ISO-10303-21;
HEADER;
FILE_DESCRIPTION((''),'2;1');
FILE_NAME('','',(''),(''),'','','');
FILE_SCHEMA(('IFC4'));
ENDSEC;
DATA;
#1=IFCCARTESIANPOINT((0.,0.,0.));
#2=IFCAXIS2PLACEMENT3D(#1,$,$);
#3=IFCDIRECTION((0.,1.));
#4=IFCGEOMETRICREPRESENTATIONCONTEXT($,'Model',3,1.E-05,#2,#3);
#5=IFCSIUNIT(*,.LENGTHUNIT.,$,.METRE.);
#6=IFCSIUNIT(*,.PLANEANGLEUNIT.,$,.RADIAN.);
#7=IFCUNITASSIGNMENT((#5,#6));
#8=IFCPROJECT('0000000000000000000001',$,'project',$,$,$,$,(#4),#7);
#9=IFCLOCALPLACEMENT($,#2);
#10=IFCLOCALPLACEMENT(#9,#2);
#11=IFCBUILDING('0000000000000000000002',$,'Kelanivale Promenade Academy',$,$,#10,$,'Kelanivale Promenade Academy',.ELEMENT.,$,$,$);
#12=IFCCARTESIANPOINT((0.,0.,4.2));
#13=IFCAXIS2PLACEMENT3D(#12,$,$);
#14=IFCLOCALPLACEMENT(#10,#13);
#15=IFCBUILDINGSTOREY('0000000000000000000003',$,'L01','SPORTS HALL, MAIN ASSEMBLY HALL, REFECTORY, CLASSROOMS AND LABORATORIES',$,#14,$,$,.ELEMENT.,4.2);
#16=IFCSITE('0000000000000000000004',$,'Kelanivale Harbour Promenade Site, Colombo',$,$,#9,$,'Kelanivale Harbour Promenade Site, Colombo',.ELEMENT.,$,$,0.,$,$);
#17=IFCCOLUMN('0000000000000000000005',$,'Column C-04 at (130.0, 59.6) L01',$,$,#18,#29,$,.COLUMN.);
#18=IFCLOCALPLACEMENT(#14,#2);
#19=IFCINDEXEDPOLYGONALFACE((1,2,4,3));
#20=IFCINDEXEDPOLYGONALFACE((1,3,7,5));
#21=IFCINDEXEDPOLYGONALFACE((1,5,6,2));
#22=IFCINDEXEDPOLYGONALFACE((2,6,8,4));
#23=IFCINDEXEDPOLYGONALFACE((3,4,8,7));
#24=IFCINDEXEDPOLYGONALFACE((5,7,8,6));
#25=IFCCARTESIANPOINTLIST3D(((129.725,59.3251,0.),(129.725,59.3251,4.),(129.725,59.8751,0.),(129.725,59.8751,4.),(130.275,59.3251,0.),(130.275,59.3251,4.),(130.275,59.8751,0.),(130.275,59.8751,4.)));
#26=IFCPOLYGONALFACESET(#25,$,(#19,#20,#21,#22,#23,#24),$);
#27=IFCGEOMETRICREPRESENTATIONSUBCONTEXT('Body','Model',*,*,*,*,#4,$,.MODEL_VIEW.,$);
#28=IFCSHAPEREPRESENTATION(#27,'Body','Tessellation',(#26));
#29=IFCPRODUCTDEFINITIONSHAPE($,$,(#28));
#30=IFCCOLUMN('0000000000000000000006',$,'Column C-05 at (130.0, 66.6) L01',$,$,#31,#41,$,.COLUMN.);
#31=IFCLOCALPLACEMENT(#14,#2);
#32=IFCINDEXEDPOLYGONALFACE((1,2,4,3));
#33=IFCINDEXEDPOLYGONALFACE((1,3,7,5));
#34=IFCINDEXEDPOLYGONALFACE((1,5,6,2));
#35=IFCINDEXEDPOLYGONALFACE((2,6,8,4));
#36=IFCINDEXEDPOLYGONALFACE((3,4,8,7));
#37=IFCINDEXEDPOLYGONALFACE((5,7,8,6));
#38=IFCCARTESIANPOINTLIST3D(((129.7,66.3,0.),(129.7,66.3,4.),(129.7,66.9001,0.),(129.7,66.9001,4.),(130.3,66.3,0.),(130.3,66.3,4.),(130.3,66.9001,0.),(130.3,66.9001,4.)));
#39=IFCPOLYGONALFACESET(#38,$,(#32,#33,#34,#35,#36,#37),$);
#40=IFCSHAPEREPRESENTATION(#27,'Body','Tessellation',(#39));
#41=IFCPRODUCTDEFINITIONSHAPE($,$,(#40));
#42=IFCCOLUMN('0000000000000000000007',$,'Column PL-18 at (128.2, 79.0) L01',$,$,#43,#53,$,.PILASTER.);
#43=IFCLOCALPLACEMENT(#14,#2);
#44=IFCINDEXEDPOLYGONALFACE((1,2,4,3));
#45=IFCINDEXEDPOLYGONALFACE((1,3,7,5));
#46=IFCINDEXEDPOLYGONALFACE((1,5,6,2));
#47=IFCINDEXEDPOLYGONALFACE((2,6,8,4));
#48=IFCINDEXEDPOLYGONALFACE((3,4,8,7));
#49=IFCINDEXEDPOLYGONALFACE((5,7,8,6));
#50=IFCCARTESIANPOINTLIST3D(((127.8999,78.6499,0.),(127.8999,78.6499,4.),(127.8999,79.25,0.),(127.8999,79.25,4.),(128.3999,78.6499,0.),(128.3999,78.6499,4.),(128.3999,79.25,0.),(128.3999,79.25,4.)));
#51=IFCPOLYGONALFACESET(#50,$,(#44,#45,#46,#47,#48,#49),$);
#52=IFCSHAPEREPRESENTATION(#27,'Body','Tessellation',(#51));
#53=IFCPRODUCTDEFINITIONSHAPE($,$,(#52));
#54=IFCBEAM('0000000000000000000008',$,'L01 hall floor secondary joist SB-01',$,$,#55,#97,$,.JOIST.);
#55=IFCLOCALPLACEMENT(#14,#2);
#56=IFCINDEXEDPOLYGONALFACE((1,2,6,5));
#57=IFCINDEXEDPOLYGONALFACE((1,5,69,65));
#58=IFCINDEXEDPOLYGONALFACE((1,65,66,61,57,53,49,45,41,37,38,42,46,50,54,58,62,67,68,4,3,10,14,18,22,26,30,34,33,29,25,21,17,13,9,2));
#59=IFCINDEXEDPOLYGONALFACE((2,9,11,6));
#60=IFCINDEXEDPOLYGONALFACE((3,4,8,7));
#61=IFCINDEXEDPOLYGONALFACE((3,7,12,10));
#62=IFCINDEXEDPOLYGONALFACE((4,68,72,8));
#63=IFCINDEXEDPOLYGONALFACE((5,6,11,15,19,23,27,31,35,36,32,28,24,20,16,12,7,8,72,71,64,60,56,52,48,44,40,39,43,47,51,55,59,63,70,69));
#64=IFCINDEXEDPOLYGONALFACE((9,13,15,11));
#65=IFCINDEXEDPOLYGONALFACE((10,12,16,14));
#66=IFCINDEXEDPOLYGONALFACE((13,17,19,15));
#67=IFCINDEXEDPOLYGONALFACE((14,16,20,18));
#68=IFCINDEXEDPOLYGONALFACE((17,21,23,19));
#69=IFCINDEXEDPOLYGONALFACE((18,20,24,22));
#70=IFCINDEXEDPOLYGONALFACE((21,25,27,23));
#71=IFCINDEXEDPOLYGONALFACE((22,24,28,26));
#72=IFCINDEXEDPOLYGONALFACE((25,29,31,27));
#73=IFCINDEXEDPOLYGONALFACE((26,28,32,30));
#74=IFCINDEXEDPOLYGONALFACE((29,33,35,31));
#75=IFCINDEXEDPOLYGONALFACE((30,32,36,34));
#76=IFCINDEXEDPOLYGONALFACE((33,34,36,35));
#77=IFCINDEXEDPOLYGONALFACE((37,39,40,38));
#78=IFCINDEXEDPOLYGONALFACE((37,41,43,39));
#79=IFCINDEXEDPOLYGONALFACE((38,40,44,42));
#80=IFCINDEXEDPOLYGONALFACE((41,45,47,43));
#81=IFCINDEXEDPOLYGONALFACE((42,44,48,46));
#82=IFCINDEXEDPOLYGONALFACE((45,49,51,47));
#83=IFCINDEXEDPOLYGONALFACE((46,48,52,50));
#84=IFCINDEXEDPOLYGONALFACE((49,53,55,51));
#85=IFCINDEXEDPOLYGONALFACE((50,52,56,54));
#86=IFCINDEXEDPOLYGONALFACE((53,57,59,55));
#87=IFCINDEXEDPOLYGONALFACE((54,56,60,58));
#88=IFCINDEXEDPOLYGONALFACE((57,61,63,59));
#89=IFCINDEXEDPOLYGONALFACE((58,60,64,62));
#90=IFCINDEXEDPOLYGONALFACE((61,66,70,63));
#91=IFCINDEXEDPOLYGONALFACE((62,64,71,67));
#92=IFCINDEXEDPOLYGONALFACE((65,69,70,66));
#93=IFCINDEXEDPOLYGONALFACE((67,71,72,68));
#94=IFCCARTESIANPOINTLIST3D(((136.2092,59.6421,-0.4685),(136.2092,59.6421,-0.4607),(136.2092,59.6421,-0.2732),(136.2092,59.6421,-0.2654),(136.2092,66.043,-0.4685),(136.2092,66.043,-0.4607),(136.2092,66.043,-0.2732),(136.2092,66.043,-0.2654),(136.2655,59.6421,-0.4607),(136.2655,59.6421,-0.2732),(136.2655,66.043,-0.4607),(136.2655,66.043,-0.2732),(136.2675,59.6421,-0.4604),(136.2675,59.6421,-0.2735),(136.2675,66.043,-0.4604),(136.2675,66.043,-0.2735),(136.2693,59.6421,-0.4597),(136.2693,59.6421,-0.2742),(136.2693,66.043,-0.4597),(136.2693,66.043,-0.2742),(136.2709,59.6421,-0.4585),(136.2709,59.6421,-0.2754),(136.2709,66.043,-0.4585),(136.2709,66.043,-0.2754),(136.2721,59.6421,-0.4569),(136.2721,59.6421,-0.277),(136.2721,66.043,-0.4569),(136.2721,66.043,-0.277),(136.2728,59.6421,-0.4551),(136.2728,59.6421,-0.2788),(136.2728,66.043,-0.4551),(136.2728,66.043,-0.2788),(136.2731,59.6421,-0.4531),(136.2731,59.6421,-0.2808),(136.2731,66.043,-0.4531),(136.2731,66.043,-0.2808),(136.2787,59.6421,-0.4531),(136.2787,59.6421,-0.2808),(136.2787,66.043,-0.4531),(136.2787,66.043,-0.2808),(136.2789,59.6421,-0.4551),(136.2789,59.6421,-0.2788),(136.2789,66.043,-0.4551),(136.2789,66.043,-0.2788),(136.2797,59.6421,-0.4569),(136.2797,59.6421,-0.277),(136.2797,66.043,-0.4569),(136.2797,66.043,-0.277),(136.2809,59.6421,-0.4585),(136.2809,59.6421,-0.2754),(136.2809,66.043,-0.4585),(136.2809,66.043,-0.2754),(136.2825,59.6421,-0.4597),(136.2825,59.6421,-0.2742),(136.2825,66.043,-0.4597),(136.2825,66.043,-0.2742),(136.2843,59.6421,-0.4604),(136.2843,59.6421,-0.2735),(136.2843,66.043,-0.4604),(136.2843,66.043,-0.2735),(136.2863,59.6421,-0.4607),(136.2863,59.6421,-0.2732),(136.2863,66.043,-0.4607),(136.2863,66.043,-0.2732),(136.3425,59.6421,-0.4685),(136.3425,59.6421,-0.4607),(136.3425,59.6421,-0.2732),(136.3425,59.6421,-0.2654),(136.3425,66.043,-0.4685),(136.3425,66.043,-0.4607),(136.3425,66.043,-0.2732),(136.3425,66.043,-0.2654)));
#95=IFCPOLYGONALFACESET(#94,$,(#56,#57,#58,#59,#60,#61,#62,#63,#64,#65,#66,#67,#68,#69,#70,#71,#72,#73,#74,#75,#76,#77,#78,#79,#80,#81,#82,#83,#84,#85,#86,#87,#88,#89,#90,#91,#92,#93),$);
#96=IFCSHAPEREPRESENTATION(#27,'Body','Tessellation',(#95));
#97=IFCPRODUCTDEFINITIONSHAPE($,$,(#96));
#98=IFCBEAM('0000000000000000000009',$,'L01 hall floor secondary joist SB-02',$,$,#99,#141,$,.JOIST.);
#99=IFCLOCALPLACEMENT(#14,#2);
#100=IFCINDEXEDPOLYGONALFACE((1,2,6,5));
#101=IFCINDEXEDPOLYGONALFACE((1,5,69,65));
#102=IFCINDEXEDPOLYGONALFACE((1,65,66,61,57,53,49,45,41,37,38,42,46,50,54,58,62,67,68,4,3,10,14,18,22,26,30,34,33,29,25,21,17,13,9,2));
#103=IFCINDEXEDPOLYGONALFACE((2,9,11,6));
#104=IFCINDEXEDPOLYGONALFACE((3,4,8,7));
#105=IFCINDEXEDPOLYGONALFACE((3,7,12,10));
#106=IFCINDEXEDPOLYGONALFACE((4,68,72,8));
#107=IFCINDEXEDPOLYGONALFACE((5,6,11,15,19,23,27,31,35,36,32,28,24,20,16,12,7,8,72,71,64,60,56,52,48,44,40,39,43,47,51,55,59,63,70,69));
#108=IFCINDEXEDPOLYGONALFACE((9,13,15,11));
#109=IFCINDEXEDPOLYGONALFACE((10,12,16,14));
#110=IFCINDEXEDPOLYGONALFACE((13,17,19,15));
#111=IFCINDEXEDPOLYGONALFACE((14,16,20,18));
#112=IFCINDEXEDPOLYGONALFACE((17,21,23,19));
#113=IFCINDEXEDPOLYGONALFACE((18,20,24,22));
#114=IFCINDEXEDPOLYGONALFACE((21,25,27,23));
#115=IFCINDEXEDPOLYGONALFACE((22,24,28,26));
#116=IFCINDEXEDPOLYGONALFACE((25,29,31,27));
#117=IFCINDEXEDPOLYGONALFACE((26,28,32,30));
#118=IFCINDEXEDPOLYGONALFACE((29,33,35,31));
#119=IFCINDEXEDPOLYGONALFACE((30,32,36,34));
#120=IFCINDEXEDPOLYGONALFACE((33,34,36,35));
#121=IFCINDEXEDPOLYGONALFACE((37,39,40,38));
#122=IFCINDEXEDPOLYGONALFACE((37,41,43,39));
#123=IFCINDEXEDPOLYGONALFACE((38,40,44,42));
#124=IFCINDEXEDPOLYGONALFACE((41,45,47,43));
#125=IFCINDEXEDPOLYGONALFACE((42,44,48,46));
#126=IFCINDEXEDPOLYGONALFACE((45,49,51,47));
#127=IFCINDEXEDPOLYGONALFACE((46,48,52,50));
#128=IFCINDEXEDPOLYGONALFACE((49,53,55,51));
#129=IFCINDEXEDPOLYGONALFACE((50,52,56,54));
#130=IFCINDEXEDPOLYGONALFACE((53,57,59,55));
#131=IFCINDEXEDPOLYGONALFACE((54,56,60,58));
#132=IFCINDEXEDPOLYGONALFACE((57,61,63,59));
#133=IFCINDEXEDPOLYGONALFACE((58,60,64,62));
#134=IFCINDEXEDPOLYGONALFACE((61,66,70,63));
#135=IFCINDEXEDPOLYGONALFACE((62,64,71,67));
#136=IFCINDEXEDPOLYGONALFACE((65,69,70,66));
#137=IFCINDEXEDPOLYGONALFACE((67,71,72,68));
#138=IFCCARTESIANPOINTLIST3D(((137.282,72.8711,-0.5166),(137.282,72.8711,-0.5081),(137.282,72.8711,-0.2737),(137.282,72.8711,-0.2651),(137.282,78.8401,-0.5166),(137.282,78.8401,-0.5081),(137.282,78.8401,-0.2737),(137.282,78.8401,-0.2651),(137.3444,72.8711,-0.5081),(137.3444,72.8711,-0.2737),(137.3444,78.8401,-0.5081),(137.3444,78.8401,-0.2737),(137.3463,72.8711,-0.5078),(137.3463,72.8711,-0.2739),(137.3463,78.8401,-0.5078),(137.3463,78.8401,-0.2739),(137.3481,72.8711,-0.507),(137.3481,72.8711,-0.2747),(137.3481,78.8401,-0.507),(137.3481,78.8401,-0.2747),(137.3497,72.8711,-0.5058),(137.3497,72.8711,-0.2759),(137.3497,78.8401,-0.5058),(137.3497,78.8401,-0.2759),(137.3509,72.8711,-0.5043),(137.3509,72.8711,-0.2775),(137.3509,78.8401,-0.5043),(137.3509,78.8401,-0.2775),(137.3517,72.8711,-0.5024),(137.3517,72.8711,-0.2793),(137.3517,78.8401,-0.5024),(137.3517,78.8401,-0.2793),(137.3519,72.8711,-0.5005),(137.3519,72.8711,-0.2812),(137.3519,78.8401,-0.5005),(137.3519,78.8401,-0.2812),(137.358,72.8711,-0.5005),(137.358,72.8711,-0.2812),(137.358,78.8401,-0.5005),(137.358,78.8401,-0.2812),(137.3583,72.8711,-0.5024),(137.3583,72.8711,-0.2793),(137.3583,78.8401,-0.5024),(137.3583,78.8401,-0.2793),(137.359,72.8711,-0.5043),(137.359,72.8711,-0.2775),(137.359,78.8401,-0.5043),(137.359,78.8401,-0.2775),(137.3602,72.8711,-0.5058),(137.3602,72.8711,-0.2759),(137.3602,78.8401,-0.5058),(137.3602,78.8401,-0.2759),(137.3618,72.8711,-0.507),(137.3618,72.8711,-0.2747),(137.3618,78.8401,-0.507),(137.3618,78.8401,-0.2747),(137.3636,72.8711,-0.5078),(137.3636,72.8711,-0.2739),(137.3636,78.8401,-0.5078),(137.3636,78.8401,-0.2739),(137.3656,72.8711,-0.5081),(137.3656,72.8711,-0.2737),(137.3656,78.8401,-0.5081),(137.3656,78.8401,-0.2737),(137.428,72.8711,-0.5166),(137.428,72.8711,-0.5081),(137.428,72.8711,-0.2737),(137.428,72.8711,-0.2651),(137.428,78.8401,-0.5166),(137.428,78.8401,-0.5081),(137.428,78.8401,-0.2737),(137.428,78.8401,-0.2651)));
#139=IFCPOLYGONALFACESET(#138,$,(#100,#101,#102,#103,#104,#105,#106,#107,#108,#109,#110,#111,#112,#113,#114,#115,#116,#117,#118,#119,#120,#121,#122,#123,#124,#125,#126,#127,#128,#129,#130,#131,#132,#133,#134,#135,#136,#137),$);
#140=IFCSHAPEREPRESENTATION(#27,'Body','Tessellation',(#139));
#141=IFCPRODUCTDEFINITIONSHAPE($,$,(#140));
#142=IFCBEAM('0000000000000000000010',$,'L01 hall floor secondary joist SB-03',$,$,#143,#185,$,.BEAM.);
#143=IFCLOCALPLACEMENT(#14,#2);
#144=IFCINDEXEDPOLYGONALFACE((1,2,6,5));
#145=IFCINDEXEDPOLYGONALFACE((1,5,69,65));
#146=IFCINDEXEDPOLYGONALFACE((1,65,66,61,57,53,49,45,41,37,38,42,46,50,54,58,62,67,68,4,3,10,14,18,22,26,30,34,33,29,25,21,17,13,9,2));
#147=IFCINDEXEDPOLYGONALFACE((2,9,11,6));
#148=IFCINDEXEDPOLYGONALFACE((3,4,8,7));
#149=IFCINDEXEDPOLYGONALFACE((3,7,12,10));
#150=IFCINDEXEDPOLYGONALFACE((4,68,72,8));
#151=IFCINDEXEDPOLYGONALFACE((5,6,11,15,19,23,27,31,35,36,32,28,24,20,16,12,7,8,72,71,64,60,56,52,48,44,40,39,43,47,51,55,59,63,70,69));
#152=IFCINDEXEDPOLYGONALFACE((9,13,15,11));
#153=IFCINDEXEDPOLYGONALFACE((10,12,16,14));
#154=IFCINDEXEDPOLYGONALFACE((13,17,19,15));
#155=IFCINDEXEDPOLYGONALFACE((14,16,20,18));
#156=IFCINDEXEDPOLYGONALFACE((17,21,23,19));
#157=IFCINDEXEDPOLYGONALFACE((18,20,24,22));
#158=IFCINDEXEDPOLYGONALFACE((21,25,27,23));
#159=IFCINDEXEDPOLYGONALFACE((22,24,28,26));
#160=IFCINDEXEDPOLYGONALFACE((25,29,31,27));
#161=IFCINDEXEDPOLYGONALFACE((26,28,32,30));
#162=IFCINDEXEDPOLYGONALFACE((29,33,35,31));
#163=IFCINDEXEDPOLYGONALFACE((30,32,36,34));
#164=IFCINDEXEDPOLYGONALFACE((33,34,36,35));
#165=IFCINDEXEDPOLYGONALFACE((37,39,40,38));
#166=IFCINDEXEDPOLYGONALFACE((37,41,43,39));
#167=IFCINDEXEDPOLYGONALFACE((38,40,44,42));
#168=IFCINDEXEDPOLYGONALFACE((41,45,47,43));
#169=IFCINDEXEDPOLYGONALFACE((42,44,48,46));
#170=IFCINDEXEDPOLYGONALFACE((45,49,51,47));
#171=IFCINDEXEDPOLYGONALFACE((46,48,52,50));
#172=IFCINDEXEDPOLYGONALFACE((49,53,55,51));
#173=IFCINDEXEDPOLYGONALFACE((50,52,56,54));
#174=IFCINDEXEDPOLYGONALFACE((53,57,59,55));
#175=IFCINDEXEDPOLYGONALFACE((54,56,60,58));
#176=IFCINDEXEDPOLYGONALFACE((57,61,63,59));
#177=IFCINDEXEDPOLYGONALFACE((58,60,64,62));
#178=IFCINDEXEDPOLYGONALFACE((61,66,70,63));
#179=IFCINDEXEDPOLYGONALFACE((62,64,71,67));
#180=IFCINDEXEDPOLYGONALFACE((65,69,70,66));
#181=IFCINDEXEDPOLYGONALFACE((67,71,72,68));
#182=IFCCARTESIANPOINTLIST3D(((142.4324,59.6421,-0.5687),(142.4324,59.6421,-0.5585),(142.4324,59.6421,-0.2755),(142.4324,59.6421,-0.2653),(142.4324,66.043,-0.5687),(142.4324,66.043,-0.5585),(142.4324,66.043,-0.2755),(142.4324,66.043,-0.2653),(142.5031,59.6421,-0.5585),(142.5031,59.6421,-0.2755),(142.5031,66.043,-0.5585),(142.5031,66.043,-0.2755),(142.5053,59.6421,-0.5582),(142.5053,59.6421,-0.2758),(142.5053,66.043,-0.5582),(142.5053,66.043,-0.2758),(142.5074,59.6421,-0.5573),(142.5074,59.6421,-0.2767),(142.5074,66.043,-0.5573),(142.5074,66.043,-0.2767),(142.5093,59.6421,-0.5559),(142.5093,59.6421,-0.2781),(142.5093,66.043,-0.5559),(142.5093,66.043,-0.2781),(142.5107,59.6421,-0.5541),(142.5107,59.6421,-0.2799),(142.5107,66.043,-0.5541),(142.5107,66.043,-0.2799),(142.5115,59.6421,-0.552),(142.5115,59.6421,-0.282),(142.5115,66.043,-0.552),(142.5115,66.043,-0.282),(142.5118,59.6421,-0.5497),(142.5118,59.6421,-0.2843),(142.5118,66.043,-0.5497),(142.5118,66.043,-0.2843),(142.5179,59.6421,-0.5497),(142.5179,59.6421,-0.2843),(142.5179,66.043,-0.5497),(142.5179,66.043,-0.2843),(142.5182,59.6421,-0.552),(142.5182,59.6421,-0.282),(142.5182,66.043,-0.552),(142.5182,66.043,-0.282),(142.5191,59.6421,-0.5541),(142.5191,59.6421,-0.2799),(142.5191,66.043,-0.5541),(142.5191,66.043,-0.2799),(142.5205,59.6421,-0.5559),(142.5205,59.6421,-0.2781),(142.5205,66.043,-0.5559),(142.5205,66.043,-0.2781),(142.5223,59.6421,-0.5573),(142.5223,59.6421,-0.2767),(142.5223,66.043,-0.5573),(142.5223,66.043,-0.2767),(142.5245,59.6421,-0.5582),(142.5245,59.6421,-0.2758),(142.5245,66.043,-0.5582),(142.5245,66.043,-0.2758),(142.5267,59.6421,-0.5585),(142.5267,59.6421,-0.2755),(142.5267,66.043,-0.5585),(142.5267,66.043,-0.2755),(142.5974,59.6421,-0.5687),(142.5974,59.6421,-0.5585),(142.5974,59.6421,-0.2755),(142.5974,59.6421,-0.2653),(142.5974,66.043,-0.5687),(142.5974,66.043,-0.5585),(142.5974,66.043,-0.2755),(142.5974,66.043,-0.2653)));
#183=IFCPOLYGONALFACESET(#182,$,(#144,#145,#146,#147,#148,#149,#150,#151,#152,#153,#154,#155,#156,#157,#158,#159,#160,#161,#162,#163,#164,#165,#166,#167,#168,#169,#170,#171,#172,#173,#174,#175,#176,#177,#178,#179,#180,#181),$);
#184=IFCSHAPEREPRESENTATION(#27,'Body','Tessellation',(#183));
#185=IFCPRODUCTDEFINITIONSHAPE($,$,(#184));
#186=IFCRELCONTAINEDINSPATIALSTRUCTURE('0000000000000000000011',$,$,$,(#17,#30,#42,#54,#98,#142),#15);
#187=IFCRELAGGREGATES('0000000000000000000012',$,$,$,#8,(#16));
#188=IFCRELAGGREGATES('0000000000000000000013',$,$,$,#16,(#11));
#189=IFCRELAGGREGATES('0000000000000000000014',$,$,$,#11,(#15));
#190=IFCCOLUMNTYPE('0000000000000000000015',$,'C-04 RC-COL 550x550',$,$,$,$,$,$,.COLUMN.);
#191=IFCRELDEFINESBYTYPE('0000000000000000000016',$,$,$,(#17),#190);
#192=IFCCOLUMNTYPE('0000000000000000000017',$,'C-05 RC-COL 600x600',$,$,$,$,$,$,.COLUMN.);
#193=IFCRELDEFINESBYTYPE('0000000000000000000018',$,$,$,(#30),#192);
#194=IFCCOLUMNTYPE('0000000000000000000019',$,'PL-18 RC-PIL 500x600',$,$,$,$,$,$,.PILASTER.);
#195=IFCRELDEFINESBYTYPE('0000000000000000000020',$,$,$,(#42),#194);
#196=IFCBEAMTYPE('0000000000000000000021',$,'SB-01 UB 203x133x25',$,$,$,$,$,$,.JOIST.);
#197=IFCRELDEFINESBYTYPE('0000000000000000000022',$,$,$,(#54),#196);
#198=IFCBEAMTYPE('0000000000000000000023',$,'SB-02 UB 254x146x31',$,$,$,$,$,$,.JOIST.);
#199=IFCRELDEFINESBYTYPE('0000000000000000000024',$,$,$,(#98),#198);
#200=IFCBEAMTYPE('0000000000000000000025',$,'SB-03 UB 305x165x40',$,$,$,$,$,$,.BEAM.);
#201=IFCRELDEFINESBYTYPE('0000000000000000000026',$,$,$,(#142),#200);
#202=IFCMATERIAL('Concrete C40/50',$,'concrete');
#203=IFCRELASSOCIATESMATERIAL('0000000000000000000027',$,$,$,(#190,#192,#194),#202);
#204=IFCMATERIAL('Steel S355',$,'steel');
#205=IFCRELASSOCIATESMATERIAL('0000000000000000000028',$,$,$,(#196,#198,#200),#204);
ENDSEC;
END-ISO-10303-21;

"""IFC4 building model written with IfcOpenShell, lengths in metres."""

from ifc_helpers import new_model, si_unit, direction, frame, origin, origin_2d, place, context, subcontext, project, spatial, rectangle, i_section, extrude, material, material_profile, profile_set, type_object, element, save


model = new_model("IFC4")

# Units and contexts
model_context = context("Model", 3, precision=1e-05, world=origin(), true_north=direction((0.0, 1.0)))
body_context = subcontext(model_context, "Body", "Model", "MODEL_VIEW")
ifc_project = project(units=[si_unit("LENGTHUNIT", "METRE"), si_unit("PLANEANGLEUNIT", "RADIAN")], contexts=[model_context])

# Site, building, storey
site_placement = place(None, origin())
site = spatial("IfcSite", under=ifc_project, at=site_placement, Name="Kelanivale Harbour Promenade Site, Colombo", LongName="Kelanivale Harbour Promenade Site, Colombo", CompositionType="ELEMENT", RefElevation=0.0)
building_placement = place(site_placement, origin())
building = spatial("IfcBuilding", under=site, at=building_placement, Name="Kelanivale Promenade Academy", LongName="Kelanivale Promenade Academy", CompositionType="ELEMENT")
storey_placement = place(building_placement, frame((0.0, 0.0, 4.2)))
storey = spatial("IfcBuildingStorey", under=building, at=storey_placement, Name="L01", Description="SPORTS HALL, MAIN ASSEMBLY HALL, REFECTORY, CLASSROOMS AND LABORATORIES", CompositionType="ELEMENT", Elevation=4.2)

# Columns
ifc_material_1 = material(Name="Concrete C40/50", Category="concrete")
ifc_material_profile_1 = material_profile(ifc_material_1, rectangle(XDim=0.55, YDim=0.55, at=origin_2d()), Name="RC-COL 550x550")
ifc_profile_set_1 = profile_set([ifc_material_profile_1], Name="Concrete C40/50")
column_type_1 = type_object("IfcColumnType", Name="C-04 RC-COL 550x550", PredefinedType="COLUMN", material=ifc_profile_set_1)
column_1_placement = place(storey_placement, frame((130.0, 59.6001, 0.0), z_axis=(0.0, 0.0, 1.0), x_axis=(1.0, 0.0, 0.0)))
element("IfcColumn", 1, at=column_1_placement, inside=storey, type_object=column_type_1, Name="Column C-04 at (130.0, 59.6) L01", PredefinedType="COLUMN", context=body_context, shape_type="SweptSolid", body=[
    extrude(rectangle(XDim=0.55, YDim=0.55, at=origin_2d()), origin(), (0.0, 0.0, 1.0), 4.0),
])
ifc_material_profile_2 = material_profile(ifc_material_1, rectangle(XDim=0.6001, YDim=0.6001, at=origin_2d()), Name="RC-COL 600x600")
ifc_profile_set_2 = profile_set([ifc_material_profile_2], Name="Concrete C40/50")
column_type_2 = type_object("IfcColumnType", Name="C-05 RC-COL 600x600", PredefinedType="COLUMN", material=ifc_profile_set_2)
column_2_placement = place(storey_placement, frame((130.0, 66.6001, 0.0), z_axis=(0.0, 0.0, 1.0), x_axis=(1.0, 0.0, 0.0)))
element("IfcColumn", 2, at=column_2_placement, inside=storey, type_object=column_type_2, Name="Column C-05 at (130.0, 66.6) L01", PredefinedType="COLUMN", context=body_context, shape_type="SweptSolid", body=[
    extrude(rectangle(XDim=0.6001, YDim=0.6001, at=origin_2d()), origin(), (0.0, 0.0, 1.0), 4.0),
])
ifc_material_profile_3 = material_profile(ifc_material_1, rectangle(XDim=0.5, YDim=0.6001, at=origin_2d()), Name="RC-PIL 500x600")
ifc_profile_set_3 = profile_set([ifc_material_profile_3], Name="Concrete C40/50")
column_type_3 = type_object("IfcColumnType", Name="PL-18 RC-PIL 500x600", PredefinedType="PILASTER", material=ifc_profile_set_3)
column_3_placement = place(storey_placement, frame((128.1499, 78.95, 0.0), z_axis=(0.0, 0.0, 1.0), x_axis=(1.0, 0.0, 0.0)))
element("IfcColumn", 3, at=column_3_placement, inside=storey, type_object=column_type_3, Name="Column PL-18 at (128.2, 79.0) L01", PredefinedType="PILASTER", context=body_context, shape_type="SweptSolid", body=[
    extrude(rectangle(XDim=0.5, YDim=0.6001, at=origin_2d()), origin(), (0.0, 0.0, 1.0), 4.0),
])

# Beams
ifc_material_2 = material(Name="Steel S355", Category="steel")
ifc_material_profile_4 = material_profile(ifc_material_2, i_section(OverallWidth=0.1333, OverallDepth=0.2031, WebThickness=0.0056, FlangeThickness=0.0078, FilletRadius=0.0076, at=origin_2d()), Name="UB 203x133x25")
ifc_profile_set_4 = profile_set([ifc_material_profile_4], Name="Steel S355")
beam_type_1 = type_object("IfcBeamType", Name="SB-01 UB 203x133x25", PredefinedType="JOIST", material=ifc_profile_set_4)
beam_1_placement = place(storey_placement, frame((136.2759, 59.6421, -0.3669), z_axis=(0.0, 1.0, 0.0), x_axis=(-1.0, 0.0, 0.0)))
element("IfcBeam", 4, at=beam_1_placement, inside=storey, type_object=beam_type_1, Name="L01 hall floor secondary joist SB-01", PredefinedType="JOIST", context=body_context, shape_type="SweptSolid", body=[
    extrude(i_section(OverallWidth=0.1333, OverallDepth=0.2031, WebThickness=0.0056, FlangeThickness=0.0078, FilletRadius=0.0076, at=origin_2d()), origin(), (0.0, 0.0, 1.0), 6.4009),
])
ifc_material_profile_5 = material_profile(ifc_material_2, i_section(OverallWidth=0.146, OverallDepth=0.2515, WebThickness=0.0061, FlangeThickness=0.0085, FilletRadius=0.0076, at=origin_2d()), Name="UB 254x146x31")
ifc_profile_set_5 = profile_set([ifc_material_profile_5], Name="Steel S355")
beam_type_2 = type_object("IfcBeamType", Name="SB-02 UB 254x146x31", PredefinedType="JOIST", material=ifc_profile_set_5)
beam_2_placement = place(storey_placement, frame((137.355, 72.8711, -0.3909), z_axis=(0.0, 1.0, 0.0), x_axis=(-1.0, 0.0, 0.0)))
element("IfcBeam", 5, at=beam_2_placement, inside=storey, type_object=beam_type_2, Name="L01 hall floor secondary joist SB-02", PredefinedType="JOIST", context=body_context, shape_type="SweptSolid", body=[
    extrude(i_section(OverallWidth=0.146, OverallDepth=0.2515, WebThickness=0.0061, FlangeThickness=0.0085, FilletRadius=0.0076, at=origin_2d()), origin(), (0.0, 0.0, 1.0), 5.969),
])
ifc_material_profile_6 = material_profile(ifc_material_2, i_section(OverallWidth=0.165, OverallDepth=0.3035, WebThickness=0.0061, FlangeThickness=0.0103, FilletRadius=0.0088, at=origin_2d()), Name="UB 305x165x40")
ifc_profile_set_6 = profile_set([ifc_material_profile_6], Name="Steel S355")
beam_type_3 = type_object("IfcBeamType", Name="SB-03 UB 305x165x40", PredefinedType="BEAM", material=ifc_profile_set_6)
beam_3_placement = place(storey_placement, frame((142.5149, 59.6421, -0.417), z_axis=(0.0, 1.0, 0.0), x_axis=(-1.0, 0.0, 0.0)))
element("IfcBeam", 6, at=beam_3_placement, inside=storey, type_object=beam_type_3, Name="L01 hall floor secondary joist SB-03", PredefinedType="BEAM", context=body_context, shape_type="SweptSolid", body=[
    extrude(i_section(OverallWidth=0.165, OverallDepth=0.3035, WebThickness=0.0061, FlangeThickness=0.0103, FilletRadius=0.0088, at=origin_2d()), origin(), (0.0, 0.0, 1.0), 6.4009),
])

save(model, "model.ifc")
